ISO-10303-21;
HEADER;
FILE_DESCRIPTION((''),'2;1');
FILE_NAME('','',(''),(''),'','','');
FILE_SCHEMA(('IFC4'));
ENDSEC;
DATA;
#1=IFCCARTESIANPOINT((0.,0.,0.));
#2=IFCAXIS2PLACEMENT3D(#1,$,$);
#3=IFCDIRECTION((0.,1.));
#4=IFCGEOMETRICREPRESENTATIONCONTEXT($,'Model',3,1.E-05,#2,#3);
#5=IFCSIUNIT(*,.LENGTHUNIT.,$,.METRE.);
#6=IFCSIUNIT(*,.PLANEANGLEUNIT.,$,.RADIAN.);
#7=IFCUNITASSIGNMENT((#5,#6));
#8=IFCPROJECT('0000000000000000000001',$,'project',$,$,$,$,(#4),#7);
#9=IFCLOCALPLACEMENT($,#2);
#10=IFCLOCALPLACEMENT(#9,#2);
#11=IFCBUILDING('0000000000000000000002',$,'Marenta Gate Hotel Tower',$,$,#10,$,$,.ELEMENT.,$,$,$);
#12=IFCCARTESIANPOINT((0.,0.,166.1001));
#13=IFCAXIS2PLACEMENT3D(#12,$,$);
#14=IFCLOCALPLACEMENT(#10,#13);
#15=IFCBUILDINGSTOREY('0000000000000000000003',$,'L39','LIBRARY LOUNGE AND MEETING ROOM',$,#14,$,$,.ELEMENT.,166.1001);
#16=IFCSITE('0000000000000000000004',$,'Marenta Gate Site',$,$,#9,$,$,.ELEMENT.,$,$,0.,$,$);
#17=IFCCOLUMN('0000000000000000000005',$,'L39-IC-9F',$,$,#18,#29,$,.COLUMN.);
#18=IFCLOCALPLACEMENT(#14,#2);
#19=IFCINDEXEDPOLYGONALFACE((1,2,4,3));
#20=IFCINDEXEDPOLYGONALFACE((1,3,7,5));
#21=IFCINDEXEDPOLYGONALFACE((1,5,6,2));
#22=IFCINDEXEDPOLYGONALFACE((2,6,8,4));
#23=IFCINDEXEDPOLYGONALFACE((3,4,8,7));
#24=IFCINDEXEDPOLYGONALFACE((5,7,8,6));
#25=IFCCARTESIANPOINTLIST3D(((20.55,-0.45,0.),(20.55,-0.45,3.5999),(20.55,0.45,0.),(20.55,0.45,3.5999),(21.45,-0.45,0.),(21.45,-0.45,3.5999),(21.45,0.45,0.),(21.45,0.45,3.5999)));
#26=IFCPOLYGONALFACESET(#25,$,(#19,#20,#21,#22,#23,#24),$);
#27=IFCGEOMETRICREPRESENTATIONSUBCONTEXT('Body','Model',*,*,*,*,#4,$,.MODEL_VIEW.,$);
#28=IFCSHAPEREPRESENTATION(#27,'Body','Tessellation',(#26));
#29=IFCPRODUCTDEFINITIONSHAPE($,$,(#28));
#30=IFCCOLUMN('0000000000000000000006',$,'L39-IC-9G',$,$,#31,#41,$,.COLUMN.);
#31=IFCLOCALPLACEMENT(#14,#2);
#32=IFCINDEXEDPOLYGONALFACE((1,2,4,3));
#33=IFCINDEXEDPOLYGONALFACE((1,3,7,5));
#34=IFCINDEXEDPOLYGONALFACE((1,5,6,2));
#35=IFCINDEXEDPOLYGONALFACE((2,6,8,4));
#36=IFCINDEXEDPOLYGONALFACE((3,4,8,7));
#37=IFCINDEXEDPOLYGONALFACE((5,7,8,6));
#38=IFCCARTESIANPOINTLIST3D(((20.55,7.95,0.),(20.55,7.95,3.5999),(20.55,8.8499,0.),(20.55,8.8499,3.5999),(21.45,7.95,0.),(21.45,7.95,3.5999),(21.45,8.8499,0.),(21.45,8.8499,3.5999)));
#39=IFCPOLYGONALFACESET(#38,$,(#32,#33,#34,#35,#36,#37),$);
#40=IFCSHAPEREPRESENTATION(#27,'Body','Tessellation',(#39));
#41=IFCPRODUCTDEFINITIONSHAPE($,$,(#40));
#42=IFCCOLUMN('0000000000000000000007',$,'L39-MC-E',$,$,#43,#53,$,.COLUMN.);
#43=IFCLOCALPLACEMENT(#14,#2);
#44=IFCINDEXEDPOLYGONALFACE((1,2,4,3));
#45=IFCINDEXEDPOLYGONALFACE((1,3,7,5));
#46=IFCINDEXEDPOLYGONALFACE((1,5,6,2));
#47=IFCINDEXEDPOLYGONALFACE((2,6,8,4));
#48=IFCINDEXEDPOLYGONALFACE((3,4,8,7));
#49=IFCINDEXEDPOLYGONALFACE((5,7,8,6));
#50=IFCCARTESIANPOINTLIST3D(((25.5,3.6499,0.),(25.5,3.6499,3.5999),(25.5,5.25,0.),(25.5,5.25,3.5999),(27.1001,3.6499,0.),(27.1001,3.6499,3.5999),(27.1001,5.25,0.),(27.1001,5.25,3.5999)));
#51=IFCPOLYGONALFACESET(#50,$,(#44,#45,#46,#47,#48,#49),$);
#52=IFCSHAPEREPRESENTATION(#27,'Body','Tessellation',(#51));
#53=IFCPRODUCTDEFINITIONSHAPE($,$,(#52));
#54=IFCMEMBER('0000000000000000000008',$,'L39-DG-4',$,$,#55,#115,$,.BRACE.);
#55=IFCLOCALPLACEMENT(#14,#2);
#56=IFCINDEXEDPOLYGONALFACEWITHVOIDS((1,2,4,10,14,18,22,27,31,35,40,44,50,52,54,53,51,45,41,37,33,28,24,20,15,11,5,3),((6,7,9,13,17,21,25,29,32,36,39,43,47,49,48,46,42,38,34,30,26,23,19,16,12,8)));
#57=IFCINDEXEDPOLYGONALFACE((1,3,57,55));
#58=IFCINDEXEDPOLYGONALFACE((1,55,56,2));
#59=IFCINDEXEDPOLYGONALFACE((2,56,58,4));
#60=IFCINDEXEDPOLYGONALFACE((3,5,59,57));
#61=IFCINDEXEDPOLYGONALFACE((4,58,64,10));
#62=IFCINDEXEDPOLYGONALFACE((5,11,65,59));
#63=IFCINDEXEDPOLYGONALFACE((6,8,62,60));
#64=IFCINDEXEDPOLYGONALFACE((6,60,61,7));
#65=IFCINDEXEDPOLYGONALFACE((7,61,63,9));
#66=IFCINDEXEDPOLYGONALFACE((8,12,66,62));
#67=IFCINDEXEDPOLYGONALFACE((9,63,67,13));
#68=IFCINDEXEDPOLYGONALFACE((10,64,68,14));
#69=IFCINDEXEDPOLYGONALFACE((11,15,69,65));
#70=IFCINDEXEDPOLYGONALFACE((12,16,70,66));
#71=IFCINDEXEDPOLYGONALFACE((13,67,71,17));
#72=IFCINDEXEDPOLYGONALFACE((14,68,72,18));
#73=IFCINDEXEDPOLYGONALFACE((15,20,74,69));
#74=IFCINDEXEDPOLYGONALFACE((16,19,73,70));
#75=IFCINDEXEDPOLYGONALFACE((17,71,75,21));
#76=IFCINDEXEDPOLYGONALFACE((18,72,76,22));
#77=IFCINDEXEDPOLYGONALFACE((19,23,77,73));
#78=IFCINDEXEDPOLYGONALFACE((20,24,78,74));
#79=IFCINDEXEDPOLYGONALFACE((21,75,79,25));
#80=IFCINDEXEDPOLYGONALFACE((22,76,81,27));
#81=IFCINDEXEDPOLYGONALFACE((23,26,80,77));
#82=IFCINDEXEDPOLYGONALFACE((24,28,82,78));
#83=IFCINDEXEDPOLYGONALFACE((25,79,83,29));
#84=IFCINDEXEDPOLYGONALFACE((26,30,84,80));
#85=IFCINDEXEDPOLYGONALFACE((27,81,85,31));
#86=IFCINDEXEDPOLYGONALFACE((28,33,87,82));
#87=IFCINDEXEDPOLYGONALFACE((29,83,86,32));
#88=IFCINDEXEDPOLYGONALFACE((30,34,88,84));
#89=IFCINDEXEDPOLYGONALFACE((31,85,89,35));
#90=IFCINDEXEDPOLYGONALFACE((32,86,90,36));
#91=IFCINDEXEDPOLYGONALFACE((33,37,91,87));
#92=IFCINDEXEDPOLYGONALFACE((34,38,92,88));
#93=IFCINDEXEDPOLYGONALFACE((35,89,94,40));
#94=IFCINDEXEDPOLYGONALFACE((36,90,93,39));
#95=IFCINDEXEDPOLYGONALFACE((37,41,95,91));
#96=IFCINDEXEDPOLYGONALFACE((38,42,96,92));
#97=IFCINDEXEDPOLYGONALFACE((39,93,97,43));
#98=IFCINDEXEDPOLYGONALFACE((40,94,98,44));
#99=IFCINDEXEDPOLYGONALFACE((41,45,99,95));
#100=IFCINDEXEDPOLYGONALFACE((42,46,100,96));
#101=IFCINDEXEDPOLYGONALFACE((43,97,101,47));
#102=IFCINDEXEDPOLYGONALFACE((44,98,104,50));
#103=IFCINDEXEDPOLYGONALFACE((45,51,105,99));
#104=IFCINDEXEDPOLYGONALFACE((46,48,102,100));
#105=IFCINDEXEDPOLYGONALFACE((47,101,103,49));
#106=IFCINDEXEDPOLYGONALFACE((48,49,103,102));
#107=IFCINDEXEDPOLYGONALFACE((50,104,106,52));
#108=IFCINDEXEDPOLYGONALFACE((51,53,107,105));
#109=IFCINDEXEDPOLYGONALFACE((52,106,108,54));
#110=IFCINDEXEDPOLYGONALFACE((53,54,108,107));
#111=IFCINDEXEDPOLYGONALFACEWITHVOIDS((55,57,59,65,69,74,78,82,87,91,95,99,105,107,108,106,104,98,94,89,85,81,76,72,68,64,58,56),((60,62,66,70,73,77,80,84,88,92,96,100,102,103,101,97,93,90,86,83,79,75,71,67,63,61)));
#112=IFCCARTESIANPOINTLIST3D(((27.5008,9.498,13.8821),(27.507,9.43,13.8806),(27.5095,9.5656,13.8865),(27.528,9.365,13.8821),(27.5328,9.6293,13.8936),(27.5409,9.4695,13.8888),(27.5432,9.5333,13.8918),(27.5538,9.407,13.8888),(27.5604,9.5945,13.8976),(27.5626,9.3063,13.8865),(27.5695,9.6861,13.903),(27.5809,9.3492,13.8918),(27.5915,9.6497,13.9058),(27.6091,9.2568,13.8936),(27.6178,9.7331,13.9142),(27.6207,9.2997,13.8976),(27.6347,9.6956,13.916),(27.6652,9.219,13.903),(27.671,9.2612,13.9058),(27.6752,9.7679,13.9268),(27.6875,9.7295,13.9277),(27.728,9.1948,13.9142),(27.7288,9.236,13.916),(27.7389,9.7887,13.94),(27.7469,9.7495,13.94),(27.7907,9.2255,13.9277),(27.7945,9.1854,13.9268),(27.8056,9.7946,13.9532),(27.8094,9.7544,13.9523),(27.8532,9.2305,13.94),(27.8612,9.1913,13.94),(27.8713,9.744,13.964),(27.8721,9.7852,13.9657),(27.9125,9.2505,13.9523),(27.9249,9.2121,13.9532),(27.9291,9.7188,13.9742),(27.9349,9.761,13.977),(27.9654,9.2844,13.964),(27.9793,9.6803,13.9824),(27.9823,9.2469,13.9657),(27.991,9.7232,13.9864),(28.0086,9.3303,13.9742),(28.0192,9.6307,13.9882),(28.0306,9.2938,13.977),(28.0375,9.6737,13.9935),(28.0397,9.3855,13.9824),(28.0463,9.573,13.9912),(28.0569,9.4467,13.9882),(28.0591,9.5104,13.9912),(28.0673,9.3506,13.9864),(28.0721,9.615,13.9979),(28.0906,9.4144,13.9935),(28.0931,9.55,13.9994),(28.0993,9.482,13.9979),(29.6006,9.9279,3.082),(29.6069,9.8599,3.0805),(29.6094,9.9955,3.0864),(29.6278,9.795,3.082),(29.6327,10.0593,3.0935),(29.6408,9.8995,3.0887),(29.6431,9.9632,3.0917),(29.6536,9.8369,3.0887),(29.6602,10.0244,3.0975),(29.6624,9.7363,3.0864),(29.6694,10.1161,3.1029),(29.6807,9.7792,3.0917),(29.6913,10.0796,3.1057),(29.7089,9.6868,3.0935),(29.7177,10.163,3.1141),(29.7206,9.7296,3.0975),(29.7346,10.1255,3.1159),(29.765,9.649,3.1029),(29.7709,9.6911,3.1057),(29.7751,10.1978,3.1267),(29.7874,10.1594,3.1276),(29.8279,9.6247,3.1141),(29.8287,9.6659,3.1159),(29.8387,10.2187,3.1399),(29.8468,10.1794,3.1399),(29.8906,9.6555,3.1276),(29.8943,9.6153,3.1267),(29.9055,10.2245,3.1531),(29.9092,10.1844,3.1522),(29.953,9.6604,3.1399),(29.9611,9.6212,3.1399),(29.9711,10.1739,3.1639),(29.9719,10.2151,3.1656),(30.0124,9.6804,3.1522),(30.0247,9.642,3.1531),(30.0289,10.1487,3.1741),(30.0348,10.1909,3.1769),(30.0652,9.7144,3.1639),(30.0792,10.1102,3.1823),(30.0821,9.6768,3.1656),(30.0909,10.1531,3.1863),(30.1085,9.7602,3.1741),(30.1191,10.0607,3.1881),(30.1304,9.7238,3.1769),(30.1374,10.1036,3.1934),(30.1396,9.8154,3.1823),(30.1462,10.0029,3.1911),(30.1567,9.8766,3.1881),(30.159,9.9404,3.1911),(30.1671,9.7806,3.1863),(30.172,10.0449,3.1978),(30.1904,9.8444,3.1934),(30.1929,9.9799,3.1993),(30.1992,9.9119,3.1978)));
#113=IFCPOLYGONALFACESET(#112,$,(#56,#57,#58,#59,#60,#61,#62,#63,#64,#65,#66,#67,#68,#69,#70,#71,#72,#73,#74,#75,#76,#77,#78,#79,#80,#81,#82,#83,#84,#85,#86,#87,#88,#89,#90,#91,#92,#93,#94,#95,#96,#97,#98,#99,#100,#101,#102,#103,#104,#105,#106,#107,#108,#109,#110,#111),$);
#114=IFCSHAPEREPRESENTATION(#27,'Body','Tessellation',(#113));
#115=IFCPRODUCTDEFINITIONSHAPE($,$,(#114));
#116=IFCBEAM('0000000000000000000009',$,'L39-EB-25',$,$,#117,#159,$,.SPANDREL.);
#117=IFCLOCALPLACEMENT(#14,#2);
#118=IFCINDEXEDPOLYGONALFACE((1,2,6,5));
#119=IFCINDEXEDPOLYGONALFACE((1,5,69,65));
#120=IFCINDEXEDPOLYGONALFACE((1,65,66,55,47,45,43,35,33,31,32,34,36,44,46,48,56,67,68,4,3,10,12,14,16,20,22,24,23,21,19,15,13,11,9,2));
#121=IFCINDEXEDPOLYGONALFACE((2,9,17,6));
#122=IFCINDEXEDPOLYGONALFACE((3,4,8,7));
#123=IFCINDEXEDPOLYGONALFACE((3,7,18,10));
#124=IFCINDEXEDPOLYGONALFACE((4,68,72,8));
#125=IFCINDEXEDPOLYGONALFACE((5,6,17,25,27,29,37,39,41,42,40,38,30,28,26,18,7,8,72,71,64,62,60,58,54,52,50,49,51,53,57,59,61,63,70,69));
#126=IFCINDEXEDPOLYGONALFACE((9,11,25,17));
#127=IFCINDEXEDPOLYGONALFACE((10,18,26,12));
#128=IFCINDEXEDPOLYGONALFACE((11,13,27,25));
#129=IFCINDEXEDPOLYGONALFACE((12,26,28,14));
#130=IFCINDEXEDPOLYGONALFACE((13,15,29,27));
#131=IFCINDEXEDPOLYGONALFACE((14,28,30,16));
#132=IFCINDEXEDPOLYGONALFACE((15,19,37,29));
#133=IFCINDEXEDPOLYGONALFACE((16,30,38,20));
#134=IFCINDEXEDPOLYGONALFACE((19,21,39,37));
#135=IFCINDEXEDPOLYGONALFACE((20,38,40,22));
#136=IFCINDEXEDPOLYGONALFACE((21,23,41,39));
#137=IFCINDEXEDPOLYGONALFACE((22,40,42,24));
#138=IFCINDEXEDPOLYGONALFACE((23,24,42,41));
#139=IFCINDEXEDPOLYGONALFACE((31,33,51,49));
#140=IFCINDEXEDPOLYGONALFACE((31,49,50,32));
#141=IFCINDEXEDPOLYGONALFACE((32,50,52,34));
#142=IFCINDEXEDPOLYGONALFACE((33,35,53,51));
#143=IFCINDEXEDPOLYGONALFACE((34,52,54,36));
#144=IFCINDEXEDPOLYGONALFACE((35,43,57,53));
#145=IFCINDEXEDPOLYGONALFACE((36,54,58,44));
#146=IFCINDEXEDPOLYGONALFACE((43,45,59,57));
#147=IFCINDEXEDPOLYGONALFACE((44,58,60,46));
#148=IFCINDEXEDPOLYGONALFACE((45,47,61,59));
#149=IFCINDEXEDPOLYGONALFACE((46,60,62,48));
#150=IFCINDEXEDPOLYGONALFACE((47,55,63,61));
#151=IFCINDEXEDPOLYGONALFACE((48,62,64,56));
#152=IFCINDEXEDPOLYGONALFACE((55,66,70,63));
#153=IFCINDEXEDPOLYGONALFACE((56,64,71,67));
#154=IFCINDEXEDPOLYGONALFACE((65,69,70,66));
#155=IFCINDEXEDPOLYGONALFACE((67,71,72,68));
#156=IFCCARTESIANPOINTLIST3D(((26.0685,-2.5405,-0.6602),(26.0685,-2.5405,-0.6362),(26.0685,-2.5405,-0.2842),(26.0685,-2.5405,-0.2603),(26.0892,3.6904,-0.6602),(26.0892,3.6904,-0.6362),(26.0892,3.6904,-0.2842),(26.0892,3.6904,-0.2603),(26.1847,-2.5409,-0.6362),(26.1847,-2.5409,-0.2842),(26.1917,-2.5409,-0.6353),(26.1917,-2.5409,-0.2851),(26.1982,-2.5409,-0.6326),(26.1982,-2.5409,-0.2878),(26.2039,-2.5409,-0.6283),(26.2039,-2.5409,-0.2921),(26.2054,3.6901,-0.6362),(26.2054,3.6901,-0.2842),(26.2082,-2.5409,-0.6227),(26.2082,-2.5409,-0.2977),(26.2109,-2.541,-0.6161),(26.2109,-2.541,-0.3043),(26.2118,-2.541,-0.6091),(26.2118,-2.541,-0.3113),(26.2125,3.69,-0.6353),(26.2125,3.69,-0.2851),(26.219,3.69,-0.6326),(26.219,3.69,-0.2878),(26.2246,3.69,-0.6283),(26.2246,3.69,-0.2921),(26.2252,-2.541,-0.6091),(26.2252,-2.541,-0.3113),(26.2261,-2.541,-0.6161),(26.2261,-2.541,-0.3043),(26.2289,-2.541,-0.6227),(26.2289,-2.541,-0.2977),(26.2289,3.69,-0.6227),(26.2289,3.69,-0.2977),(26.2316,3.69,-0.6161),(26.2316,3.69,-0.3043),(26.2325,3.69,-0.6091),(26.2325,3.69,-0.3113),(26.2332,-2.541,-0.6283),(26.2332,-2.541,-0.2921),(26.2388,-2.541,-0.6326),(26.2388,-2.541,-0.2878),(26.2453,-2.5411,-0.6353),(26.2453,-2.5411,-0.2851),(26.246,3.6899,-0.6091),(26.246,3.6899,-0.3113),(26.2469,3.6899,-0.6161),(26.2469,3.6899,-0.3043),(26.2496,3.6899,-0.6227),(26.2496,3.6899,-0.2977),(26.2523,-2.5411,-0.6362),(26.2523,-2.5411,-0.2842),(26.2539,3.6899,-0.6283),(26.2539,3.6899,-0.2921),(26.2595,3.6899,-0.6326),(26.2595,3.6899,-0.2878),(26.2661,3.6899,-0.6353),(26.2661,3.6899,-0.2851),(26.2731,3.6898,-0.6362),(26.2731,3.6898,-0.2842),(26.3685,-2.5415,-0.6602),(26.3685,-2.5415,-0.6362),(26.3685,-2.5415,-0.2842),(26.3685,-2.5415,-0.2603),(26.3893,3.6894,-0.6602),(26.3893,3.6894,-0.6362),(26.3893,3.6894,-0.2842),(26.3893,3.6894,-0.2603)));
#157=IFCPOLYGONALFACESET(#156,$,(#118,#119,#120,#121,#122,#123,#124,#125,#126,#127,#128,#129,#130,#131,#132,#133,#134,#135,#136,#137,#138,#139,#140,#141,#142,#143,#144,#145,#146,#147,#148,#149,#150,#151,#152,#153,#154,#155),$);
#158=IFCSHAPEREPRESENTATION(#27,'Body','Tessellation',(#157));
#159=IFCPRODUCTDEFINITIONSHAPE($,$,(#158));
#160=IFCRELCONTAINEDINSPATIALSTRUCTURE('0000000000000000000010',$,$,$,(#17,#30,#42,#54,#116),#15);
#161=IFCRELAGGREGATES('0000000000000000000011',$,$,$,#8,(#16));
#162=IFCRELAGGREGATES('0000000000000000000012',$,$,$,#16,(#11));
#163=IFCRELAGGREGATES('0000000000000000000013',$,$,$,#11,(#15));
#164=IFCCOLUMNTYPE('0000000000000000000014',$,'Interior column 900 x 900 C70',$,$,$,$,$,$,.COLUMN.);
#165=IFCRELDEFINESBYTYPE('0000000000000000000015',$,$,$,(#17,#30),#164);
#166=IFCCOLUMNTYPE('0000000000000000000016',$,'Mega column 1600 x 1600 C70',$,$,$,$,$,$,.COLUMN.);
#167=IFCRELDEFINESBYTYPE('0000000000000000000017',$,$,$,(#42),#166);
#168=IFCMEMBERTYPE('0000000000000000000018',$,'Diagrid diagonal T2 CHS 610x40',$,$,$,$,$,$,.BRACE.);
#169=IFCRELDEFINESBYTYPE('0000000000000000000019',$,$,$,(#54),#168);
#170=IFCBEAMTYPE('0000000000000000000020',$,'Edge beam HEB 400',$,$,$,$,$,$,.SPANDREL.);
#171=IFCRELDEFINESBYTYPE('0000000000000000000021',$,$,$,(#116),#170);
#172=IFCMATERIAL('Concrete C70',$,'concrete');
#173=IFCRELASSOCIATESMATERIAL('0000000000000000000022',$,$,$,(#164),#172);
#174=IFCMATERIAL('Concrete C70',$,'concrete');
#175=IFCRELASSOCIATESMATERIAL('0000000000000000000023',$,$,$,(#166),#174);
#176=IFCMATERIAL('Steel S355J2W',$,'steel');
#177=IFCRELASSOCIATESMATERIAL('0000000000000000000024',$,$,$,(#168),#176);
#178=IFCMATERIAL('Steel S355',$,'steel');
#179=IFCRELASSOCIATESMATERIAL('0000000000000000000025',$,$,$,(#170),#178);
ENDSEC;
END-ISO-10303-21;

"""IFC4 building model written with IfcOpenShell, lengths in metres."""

from ifc_helpers import new_model, si_unit, direction, frame, origin, origin_2d, place, context, subcontext, project, spatial, rectangle, hollow_circle, i_section, extrude, material, material_profile, profile_set, type_object, element, save


model = new_model("IFC4")

# Units and contexts
model_context = context("Model", 3, precision=1e-05, world=origin(), true_north=direction((0.0, 1.0)))
body_context = subcontext(model_context, "Body", "Model", "MODEL_VIEW")
ifc_project = project(units=[si_unit("LENGTHUNIT", "METRE"), si_unit("PLANEANGLEUNIT", "RADIAN")], contexts=[model_context])

# Site, building, storey
site_placement = place(None, origin())
site = spatial("IfcSite", under=ifc_project, at=site_placement, Name="Marenta Gate Site", CompositionType="ELEMENT", RefElevation=0.0)
building_placement = place(site_placement, origin())
building = spatial("IfcBuilding", under=site, at=building_placement, Name="Marenta Gate Hotel Tower", CompositionType="ELEMENT")
storey_placement = place(building_placement, frame((0.0, 0.0, 166.1001)))
storey = spatial("IfcBuildingStorey", under=building, at=storey_placement, Name="L39", Description="LIBRARY LOUNGE AND MEETING ROOM", CompositionType="ELEMENT", Elevation=166.1001)

# Columns
ifc_material_1 = material(Name="Concrete C70", Category="concrete")
ifc_material_profile_1 = material_profile(ifc_material_1, rectangle(XDim=0.8999, YDim=0.8999, at=origin_2d()), Name="900 x 900")
ifc_profile_set_1 = profile_set([ifc_material_profile_1], Name="Concrete C70")
column_type_1 = type_object("IfcColumnType", Name="Interior column 900 x 900 C70", PredefinedType="COLUMN", material=ifc_profile_set_1)
for number, where, z_axis, x_axis, name in (
    (1, (21.0, 0.0, 0.0), (0.0, 0.0, 1.0), (1.0, 0.0, 0.0), "L39-IC-9F"),
    (2, (21.0, 8.3999, 0.0), (0.0, 0.0, 1.0), (1.0, 0.0, 0.0), "L39-IC-9G"),
):
    element("IfcColumn", number, at=place(storey_placement, frame(where, z_axis=z_axis, x_axis=x_axis)), inside=storey, type_object=column_type_1, Name=name, PredefinedType="COLUMN", context=body_context, shape_type="SweptSolid", body=[
        extrude(rectangle(XDim=0.8999, YDim=0.8999, at=origin_2d()), origin(), (0.0, 0.0, 1.0), 3.5999),
    ])
ifc_material_2 = material(Name="Concrete C70", Category="concrete")
ifc_material_profile_2 = material_profile(ifc_material_2, rectangle(XDim=1.6001, YDim=1.6001, at=origin_2d()), Name="1600 x 1600")
ifc_profile_set_2 = profile_set([ifc_material_profile_2], Name="Concrete C70")
column_type_2 = type_object("IfcColumnType", Name="Mega column 1600 x 1600 C70", PredefinedType="COLUMN", material=ifc_profile_set_2)
column_placement = place(storey_placement, frame((26.3, 4.45, 0.0), z_axis=(0.0, 0.0, 1.0), x_axis=(1.0, 0.0, 0.0)))
element("IfcColumn", 3, at=column_placement, inside=storey, type_object=column_type_2, Name="L39-MC-E", PredefinedType="COLUMN", context=body_context, shape_type="SweptSolid", body=[
    extrude(rectangle(XDim=1.6001, YDim=1.6001, at=origin_2d()), origin(), (0.0, 0.0, 1.0), 3.5999),
])

# Member
ifc_material_3 = material(Name="Steel S355J2W", Category="steel")
ifc_material_profile_3 = material_profile(ifc_material_3, hollow_circle(Radius=0.3049, WallThickness=0.04, at=origin_2d()), Name="CHS 610x40")
ifc_profile_set_3 = profile_set([ifc_material_profile_3], Name="Steel S355J2W")
member_type_1 = type_object("IfcMemberType", Name="Diagrid diagonal T2 CHS 610x40", PredefinedType="BRACE", material=ifc_profile_set_3)
member_1_placement = place(storey_placement, frame((29.8999, 9.9199, 3.1399), z_axis=(-0.19071, -0.039047, 0.980869), x_axis=(0.200583, -0.979677, 0.0)))
element("IfcMember", 4, at=member_1_placement, inside=storey, type_object=member_type_1, Name="L39-DG-4", PredefinedType="BRACE", context=body_context, shape_type="SweptSolid", body=[
    extrude(hollow_circle(Radius=0.3049, WallThickness=0.04, at=origin_2d()), origin(), (0.0, 0.0, 1.0), 11.0107),
])

# Beam
ifc_material_4 = material(Name="Steel S355", Category="steel")
ifc_material_profile_4 = material_profile(ifc_material_4, i_section(OverallWidth=0.3, OverallDepth=0.3999, WebThickness=0.0134, FlangeThickness=0.0239, FilletRadius=0.0271, at=origin_2d()), Name="HEB 400")
ifc_profile_set_4 = profile_set([ifc_material_profile_4], Name="Steel S355")
beam_type_1 = type_object("IfcBeamType", Name="Edge beam HEB 400", PredefinedType="SPANDREL", material=ifc_profile_set_4)
beam_1_placement = place(storey_placement, frame((26.2393, 3.6899, -0.4602), z_axis=(-0.00333, -0.999994, 0.0), x_axis=(0.999994, -0.00333, 0.0)))
element("IfcBeam", 5, at=beam_1_placement, inside=storey, type_object=beam_type_1, Name="L39-EB-25", PredefinedType="SPANDREL", context=body_context, shape_type="SweptSolid", body=[
    extrude(i_section(OverallWidth=0.3, OverallDepth=0.3999, WebThickness=0.0134, FlangeThickness=0.0239, FilletRadius=0.0271, at=origin_2d()), origin(), (0.0, 0.0, 1.0), 6.231),
])

save(model, "model.ifc")
